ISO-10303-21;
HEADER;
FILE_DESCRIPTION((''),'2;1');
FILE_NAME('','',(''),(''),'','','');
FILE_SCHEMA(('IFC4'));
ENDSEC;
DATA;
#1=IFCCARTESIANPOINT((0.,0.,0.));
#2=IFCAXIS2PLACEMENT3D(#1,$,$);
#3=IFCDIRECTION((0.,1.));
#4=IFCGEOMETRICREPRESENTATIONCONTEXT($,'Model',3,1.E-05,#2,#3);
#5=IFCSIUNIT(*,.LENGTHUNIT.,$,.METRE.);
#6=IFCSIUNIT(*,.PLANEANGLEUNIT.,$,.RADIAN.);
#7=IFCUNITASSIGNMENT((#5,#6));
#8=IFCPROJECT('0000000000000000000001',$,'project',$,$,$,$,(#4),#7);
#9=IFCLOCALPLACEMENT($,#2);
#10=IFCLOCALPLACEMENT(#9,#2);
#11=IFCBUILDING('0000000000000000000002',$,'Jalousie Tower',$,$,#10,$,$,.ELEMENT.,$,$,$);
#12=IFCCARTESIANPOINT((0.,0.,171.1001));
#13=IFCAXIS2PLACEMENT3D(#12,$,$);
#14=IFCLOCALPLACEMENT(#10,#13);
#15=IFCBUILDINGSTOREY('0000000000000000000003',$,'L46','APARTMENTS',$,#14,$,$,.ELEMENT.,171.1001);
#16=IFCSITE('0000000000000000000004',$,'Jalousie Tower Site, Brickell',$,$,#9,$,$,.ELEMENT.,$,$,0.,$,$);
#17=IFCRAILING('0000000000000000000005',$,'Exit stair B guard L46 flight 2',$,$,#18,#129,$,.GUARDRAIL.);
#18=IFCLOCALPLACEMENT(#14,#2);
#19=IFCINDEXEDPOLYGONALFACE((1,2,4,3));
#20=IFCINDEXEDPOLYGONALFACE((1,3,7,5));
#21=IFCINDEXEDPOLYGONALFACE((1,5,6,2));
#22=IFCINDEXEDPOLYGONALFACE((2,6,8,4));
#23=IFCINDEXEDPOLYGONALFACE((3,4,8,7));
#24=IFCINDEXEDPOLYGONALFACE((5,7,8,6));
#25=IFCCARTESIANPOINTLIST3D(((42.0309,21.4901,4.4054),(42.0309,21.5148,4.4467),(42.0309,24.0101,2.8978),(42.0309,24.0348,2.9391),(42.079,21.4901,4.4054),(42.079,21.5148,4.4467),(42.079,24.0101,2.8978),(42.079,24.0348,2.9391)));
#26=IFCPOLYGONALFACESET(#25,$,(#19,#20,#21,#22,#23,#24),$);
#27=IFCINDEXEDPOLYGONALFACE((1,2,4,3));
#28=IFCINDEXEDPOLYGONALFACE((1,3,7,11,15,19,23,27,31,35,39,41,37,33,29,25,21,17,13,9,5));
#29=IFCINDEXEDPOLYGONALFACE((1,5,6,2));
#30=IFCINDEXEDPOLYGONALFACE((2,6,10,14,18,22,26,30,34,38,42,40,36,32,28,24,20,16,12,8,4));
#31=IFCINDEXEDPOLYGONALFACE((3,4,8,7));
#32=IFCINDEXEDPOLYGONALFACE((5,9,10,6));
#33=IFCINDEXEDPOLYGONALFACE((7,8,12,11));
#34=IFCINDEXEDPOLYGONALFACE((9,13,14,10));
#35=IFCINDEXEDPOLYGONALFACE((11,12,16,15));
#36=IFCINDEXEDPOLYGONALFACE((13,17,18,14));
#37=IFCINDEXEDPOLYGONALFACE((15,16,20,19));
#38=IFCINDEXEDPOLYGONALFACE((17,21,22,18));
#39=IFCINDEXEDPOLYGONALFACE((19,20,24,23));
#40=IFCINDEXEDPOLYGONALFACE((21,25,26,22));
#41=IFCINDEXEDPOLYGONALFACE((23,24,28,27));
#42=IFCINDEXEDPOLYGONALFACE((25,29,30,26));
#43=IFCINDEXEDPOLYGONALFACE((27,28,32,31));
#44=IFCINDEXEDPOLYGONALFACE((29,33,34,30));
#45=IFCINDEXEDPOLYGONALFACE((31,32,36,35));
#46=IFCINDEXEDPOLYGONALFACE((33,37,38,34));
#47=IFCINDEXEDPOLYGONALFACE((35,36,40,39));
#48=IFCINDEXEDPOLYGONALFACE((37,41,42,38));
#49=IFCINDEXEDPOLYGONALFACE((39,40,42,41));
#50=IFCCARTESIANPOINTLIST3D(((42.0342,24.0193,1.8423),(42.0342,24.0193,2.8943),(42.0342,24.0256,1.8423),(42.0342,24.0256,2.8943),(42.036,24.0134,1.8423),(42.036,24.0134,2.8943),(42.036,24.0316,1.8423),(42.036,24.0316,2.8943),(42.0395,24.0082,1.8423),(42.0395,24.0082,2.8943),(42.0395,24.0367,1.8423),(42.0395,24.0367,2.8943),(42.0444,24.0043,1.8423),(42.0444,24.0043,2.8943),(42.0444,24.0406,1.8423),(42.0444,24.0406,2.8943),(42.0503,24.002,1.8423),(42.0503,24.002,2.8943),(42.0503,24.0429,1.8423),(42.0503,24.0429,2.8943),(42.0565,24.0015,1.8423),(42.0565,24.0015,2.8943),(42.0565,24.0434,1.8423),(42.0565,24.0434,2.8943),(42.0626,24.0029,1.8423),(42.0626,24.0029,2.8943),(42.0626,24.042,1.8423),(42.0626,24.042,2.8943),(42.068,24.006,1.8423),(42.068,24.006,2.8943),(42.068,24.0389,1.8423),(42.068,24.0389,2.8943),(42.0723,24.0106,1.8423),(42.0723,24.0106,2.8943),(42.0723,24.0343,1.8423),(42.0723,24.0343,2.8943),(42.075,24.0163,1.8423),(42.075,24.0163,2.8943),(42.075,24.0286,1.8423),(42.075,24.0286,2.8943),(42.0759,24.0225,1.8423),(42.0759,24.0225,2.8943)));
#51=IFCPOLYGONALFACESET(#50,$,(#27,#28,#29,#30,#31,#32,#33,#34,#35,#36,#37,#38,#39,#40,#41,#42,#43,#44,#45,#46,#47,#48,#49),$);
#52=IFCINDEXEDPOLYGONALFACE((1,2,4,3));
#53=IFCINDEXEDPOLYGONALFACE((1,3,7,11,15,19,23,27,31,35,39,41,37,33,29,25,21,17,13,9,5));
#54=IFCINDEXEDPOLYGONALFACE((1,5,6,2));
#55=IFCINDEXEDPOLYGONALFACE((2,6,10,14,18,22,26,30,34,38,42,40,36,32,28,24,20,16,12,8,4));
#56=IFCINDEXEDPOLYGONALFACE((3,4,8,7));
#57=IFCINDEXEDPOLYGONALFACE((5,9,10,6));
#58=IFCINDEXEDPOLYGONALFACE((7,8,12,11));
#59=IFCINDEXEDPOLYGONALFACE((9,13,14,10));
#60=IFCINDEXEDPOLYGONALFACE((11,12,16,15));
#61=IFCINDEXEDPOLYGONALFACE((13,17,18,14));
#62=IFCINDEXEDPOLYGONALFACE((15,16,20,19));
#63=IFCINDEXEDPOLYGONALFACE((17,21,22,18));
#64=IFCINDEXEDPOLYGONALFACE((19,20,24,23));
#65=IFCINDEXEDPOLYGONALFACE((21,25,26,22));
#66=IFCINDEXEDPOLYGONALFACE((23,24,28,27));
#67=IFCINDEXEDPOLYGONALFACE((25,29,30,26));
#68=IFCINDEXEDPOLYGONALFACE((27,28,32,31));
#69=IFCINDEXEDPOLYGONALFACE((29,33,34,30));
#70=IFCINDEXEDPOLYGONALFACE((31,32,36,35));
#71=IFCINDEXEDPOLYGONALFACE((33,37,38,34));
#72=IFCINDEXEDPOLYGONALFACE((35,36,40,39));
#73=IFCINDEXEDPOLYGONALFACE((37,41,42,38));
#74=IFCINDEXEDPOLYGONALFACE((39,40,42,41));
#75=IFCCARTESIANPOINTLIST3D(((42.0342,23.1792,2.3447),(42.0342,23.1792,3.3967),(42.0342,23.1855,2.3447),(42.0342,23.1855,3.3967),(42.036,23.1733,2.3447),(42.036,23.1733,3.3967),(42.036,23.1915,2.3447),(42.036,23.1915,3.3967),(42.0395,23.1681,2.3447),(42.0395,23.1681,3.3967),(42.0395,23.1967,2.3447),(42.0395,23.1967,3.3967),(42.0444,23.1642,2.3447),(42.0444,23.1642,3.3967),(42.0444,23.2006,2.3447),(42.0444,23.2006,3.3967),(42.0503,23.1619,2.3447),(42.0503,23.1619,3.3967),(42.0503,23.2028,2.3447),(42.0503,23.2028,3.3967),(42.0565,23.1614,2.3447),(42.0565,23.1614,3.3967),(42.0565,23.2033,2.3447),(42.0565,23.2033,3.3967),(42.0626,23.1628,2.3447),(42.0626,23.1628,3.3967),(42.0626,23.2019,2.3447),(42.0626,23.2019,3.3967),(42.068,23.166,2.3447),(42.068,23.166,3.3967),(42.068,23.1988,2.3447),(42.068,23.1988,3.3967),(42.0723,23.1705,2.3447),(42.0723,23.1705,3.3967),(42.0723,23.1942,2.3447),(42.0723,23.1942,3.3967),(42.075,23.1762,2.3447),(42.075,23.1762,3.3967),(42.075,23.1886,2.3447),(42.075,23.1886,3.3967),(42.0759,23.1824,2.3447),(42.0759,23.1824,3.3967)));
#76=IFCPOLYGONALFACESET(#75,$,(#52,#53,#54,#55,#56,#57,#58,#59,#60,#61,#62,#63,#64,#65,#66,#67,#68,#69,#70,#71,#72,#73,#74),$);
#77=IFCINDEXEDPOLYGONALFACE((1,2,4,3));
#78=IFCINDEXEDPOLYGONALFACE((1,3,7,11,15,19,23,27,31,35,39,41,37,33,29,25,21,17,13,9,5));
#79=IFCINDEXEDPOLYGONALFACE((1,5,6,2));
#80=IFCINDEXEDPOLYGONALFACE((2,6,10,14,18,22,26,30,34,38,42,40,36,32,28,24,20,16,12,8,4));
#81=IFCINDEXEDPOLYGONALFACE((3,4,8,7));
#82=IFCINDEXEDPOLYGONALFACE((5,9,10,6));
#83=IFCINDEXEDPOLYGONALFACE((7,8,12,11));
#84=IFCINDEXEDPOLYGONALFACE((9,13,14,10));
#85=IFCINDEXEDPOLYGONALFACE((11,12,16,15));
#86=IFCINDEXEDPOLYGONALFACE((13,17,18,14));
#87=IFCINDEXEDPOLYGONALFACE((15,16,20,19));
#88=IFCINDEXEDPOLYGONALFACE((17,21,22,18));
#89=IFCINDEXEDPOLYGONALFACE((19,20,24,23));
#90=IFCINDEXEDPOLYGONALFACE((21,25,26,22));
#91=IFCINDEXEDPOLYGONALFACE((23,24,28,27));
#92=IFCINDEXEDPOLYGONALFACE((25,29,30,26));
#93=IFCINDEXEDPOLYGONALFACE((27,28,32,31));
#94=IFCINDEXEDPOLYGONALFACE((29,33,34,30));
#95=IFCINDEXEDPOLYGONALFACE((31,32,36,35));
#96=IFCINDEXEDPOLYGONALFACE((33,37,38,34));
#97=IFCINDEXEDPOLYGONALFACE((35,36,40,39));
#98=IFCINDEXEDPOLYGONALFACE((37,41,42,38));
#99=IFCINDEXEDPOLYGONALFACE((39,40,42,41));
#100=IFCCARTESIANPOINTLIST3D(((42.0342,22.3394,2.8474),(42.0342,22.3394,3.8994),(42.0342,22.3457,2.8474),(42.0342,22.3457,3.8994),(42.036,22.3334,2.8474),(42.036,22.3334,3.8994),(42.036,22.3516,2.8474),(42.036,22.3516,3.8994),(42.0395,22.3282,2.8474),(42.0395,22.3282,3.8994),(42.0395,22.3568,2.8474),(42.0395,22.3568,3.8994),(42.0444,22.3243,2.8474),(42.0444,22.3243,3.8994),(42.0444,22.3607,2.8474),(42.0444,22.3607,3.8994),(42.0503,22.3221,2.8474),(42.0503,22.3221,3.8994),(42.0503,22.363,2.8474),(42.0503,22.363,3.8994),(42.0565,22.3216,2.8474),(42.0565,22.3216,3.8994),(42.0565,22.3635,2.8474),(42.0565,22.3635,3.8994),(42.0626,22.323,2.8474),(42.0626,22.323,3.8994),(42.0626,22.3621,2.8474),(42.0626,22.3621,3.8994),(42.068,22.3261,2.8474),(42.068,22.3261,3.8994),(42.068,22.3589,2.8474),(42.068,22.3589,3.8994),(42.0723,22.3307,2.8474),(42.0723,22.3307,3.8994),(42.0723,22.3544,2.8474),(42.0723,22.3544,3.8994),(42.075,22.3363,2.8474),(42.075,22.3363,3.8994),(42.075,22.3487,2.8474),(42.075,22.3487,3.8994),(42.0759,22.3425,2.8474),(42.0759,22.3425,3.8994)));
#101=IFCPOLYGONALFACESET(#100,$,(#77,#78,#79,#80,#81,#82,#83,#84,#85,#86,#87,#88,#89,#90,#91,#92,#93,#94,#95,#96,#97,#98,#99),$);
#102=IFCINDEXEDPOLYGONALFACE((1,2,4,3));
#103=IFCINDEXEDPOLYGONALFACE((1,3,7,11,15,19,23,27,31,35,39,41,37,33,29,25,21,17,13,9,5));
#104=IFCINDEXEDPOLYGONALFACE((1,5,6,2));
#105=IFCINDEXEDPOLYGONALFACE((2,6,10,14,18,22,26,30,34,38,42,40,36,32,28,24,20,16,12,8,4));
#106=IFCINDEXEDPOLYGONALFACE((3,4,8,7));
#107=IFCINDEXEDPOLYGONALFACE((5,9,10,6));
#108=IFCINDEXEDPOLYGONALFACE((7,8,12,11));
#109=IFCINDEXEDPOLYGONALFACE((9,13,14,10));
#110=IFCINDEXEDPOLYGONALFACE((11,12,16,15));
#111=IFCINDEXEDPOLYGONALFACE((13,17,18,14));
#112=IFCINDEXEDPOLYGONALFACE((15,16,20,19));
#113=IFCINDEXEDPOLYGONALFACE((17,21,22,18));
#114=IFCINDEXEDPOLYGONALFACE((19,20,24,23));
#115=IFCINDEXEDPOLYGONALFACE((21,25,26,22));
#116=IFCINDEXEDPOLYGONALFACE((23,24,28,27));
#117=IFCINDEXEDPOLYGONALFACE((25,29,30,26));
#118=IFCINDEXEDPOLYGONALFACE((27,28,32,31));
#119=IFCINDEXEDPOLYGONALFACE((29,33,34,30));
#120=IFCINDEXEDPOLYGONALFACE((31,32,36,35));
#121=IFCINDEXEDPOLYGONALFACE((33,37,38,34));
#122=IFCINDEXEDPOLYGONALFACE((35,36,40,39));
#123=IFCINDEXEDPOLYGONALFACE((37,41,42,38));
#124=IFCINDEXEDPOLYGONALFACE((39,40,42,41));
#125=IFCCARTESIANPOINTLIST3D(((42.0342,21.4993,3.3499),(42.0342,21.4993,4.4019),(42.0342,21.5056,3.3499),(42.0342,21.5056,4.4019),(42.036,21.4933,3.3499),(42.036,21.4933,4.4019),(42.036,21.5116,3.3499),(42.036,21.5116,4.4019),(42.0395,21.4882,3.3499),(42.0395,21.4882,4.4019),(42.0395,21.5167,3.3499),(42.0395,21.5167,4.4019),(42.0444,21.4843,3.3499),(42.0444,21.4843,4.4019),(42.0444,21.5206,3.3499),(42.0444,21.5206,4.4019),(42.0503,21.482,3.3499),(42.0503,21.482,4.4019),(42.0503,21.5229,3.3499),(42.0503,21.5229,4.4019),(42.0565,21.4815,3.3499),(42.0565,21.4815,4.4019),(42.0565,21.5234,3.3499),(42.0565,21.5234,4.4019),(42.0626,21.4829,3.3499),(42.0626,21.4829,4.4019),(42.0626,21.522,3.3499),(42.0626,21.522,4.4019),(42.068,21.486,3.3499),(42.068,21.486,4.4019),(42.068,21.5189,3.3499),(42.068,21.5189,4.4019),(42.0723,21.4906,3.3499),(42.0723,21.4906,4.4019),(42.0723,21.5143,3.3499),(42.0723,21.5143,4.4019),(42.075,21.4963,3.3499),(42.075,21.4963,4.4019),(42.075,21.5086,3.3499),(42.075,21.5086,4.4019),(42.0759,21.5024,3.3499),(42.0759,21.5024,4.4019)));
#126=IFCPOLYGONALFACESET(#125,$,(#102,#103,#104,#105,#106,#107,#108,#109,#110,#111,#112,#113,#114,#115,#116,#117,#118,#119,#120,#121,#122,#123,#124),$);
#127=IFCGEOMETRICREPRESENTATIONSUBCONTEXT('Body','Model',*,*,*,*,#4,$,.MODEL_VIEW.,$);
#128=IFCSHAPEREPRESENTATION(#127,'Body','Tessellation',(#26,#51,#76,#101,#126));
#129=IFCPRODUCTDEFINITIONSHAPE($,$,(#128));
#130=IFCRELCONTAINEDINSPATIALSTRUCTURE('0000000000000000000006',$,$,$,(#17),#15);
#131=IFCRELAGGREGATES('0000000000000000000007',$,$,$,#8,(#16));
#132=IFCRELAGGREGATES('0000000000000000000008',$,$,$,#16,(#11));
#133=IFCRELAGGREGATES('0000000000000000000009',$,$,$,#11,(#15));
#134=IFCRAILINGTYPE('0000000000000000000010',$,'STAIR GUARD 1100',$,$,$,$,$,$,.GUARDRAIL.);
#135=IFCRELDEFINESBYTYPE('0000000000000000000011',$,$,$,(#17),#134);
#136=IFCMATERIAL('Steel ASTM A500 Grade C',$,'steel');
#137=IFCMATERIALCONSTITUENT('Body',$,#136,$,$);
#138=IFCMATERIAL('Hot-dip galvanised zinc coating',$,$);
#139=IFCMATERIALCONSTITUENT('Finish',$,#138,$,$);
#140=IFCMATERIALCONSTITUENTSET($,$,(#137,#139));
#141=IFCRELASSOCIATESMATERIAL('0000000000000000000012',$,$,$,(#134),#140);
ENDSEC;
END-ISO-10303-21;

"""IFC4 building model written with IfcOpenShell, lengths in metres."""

from ifc_helpers import new_model, si_unit, direction, frame, origin, origin_2d, place, context, subcontext, project, spatial, rectangle, circle, extrude, material, constituent, constituent_set, type_object, element, save


model = new_model("IFC4")

# Units and contexts
model_context = context("Model", 3, precision=1e-05, world=origin(), true_north=direction((0.0, 1.0)))
body_context = subcontext(model_context, "Body", "Model", "MODEL_VIEW")
ifc_project = project(units=[si_unit("LENGTHUNIT", "METRE"), si_unit("PLANEANGLEUNIT", "RADIAN")], contexts=[model_context])

# Site, building, storey
site_placement = place(None, origin())
site = spatial("IfcSite", under=ifc_project, at=site_placement, Name="Jalousie Tower Site, Brickell", CompositionType="ELEMENT", RefElevation=0.0)
building_placement = place(site_placement, origin())
building = spatial("IfcBuilding", under=site, at=building_placement, Name="Jalousie Tower", CompositionType="ELEMENT")
storey_placement = place(building_placement, frame((0.0, 0.0, 171.1001)))
storey = spatial("IfcBuildingStorey", under=building, at=storey_placement, Name="L46", Description="APARTMENTS", CompositionType="ELEMENT", Elevation=171.1001)

# Railing
ifc_material_1 = material(Name="Steel ASTM A500 Grade C", Category="steel")
ifc_constituent_1 = constituent(ifc_material_1, Name="Body")
ifc_material_2 = material(Name="Hot-dip galvanised zinc coating")
ifc_constituent_2 = constituent(ifc_material_2, Name="Finish")
ifc_constituent_set_1 = constituent_set(constituents=[ifc_constituent_1, ifc_constituent_2])
railing_type_1 = type_object("IfcRailingType", Name="STAIR GUARD 1100", PredefinedType="GUARDRAIL", material=ifc_constituent_set_1)
railing_1_placement = place(storey_placement, frame((42.0549, 24.0225, 1.8423)))
element("IfcRailing", 1, at=railing_1_placement, inside=storey, type_object=railing_type_1, Name="Exit stair B guard L46 flight 2", PredefinedType="GUARDRAIL", context=body_context, shape_type="SweptSolid", body=[
    extrude(rectangle(XDim=0.0481, YDim=0.0481, at=origin_2d()), frame((0.0, 0.0, 1.0762), z_axis=(0.0, -0.85816, 0.513383), x_axis=(1.0, 0.0, 0.0)), (0.0, 0.0, 1.0), 2.9365),
    extrude(circle(Radius=0.021, at=origin_2d()), origin(), (0.0, 0.0, 1.0), 1.052),
    extrude(circle(Radius=0.021, at=origin_2d()), frame((0.0, -0.8401, 0.5024)), (0.0, 0.0, 1.0), 1.052),
    extrude(circle(Radius=0.021, at=origin_2d()), frame((0.0, -1.6799, 1.0051)), (0.0, 0.0, 1.0), 1.052),
    extrude(circle(Radius=0.021, at=origin_2d()), frame((0.0, -2.52, 1.5076)), (0.0, 0.0, 1.0), 1.052),
])

save(model, "model.ifc")
